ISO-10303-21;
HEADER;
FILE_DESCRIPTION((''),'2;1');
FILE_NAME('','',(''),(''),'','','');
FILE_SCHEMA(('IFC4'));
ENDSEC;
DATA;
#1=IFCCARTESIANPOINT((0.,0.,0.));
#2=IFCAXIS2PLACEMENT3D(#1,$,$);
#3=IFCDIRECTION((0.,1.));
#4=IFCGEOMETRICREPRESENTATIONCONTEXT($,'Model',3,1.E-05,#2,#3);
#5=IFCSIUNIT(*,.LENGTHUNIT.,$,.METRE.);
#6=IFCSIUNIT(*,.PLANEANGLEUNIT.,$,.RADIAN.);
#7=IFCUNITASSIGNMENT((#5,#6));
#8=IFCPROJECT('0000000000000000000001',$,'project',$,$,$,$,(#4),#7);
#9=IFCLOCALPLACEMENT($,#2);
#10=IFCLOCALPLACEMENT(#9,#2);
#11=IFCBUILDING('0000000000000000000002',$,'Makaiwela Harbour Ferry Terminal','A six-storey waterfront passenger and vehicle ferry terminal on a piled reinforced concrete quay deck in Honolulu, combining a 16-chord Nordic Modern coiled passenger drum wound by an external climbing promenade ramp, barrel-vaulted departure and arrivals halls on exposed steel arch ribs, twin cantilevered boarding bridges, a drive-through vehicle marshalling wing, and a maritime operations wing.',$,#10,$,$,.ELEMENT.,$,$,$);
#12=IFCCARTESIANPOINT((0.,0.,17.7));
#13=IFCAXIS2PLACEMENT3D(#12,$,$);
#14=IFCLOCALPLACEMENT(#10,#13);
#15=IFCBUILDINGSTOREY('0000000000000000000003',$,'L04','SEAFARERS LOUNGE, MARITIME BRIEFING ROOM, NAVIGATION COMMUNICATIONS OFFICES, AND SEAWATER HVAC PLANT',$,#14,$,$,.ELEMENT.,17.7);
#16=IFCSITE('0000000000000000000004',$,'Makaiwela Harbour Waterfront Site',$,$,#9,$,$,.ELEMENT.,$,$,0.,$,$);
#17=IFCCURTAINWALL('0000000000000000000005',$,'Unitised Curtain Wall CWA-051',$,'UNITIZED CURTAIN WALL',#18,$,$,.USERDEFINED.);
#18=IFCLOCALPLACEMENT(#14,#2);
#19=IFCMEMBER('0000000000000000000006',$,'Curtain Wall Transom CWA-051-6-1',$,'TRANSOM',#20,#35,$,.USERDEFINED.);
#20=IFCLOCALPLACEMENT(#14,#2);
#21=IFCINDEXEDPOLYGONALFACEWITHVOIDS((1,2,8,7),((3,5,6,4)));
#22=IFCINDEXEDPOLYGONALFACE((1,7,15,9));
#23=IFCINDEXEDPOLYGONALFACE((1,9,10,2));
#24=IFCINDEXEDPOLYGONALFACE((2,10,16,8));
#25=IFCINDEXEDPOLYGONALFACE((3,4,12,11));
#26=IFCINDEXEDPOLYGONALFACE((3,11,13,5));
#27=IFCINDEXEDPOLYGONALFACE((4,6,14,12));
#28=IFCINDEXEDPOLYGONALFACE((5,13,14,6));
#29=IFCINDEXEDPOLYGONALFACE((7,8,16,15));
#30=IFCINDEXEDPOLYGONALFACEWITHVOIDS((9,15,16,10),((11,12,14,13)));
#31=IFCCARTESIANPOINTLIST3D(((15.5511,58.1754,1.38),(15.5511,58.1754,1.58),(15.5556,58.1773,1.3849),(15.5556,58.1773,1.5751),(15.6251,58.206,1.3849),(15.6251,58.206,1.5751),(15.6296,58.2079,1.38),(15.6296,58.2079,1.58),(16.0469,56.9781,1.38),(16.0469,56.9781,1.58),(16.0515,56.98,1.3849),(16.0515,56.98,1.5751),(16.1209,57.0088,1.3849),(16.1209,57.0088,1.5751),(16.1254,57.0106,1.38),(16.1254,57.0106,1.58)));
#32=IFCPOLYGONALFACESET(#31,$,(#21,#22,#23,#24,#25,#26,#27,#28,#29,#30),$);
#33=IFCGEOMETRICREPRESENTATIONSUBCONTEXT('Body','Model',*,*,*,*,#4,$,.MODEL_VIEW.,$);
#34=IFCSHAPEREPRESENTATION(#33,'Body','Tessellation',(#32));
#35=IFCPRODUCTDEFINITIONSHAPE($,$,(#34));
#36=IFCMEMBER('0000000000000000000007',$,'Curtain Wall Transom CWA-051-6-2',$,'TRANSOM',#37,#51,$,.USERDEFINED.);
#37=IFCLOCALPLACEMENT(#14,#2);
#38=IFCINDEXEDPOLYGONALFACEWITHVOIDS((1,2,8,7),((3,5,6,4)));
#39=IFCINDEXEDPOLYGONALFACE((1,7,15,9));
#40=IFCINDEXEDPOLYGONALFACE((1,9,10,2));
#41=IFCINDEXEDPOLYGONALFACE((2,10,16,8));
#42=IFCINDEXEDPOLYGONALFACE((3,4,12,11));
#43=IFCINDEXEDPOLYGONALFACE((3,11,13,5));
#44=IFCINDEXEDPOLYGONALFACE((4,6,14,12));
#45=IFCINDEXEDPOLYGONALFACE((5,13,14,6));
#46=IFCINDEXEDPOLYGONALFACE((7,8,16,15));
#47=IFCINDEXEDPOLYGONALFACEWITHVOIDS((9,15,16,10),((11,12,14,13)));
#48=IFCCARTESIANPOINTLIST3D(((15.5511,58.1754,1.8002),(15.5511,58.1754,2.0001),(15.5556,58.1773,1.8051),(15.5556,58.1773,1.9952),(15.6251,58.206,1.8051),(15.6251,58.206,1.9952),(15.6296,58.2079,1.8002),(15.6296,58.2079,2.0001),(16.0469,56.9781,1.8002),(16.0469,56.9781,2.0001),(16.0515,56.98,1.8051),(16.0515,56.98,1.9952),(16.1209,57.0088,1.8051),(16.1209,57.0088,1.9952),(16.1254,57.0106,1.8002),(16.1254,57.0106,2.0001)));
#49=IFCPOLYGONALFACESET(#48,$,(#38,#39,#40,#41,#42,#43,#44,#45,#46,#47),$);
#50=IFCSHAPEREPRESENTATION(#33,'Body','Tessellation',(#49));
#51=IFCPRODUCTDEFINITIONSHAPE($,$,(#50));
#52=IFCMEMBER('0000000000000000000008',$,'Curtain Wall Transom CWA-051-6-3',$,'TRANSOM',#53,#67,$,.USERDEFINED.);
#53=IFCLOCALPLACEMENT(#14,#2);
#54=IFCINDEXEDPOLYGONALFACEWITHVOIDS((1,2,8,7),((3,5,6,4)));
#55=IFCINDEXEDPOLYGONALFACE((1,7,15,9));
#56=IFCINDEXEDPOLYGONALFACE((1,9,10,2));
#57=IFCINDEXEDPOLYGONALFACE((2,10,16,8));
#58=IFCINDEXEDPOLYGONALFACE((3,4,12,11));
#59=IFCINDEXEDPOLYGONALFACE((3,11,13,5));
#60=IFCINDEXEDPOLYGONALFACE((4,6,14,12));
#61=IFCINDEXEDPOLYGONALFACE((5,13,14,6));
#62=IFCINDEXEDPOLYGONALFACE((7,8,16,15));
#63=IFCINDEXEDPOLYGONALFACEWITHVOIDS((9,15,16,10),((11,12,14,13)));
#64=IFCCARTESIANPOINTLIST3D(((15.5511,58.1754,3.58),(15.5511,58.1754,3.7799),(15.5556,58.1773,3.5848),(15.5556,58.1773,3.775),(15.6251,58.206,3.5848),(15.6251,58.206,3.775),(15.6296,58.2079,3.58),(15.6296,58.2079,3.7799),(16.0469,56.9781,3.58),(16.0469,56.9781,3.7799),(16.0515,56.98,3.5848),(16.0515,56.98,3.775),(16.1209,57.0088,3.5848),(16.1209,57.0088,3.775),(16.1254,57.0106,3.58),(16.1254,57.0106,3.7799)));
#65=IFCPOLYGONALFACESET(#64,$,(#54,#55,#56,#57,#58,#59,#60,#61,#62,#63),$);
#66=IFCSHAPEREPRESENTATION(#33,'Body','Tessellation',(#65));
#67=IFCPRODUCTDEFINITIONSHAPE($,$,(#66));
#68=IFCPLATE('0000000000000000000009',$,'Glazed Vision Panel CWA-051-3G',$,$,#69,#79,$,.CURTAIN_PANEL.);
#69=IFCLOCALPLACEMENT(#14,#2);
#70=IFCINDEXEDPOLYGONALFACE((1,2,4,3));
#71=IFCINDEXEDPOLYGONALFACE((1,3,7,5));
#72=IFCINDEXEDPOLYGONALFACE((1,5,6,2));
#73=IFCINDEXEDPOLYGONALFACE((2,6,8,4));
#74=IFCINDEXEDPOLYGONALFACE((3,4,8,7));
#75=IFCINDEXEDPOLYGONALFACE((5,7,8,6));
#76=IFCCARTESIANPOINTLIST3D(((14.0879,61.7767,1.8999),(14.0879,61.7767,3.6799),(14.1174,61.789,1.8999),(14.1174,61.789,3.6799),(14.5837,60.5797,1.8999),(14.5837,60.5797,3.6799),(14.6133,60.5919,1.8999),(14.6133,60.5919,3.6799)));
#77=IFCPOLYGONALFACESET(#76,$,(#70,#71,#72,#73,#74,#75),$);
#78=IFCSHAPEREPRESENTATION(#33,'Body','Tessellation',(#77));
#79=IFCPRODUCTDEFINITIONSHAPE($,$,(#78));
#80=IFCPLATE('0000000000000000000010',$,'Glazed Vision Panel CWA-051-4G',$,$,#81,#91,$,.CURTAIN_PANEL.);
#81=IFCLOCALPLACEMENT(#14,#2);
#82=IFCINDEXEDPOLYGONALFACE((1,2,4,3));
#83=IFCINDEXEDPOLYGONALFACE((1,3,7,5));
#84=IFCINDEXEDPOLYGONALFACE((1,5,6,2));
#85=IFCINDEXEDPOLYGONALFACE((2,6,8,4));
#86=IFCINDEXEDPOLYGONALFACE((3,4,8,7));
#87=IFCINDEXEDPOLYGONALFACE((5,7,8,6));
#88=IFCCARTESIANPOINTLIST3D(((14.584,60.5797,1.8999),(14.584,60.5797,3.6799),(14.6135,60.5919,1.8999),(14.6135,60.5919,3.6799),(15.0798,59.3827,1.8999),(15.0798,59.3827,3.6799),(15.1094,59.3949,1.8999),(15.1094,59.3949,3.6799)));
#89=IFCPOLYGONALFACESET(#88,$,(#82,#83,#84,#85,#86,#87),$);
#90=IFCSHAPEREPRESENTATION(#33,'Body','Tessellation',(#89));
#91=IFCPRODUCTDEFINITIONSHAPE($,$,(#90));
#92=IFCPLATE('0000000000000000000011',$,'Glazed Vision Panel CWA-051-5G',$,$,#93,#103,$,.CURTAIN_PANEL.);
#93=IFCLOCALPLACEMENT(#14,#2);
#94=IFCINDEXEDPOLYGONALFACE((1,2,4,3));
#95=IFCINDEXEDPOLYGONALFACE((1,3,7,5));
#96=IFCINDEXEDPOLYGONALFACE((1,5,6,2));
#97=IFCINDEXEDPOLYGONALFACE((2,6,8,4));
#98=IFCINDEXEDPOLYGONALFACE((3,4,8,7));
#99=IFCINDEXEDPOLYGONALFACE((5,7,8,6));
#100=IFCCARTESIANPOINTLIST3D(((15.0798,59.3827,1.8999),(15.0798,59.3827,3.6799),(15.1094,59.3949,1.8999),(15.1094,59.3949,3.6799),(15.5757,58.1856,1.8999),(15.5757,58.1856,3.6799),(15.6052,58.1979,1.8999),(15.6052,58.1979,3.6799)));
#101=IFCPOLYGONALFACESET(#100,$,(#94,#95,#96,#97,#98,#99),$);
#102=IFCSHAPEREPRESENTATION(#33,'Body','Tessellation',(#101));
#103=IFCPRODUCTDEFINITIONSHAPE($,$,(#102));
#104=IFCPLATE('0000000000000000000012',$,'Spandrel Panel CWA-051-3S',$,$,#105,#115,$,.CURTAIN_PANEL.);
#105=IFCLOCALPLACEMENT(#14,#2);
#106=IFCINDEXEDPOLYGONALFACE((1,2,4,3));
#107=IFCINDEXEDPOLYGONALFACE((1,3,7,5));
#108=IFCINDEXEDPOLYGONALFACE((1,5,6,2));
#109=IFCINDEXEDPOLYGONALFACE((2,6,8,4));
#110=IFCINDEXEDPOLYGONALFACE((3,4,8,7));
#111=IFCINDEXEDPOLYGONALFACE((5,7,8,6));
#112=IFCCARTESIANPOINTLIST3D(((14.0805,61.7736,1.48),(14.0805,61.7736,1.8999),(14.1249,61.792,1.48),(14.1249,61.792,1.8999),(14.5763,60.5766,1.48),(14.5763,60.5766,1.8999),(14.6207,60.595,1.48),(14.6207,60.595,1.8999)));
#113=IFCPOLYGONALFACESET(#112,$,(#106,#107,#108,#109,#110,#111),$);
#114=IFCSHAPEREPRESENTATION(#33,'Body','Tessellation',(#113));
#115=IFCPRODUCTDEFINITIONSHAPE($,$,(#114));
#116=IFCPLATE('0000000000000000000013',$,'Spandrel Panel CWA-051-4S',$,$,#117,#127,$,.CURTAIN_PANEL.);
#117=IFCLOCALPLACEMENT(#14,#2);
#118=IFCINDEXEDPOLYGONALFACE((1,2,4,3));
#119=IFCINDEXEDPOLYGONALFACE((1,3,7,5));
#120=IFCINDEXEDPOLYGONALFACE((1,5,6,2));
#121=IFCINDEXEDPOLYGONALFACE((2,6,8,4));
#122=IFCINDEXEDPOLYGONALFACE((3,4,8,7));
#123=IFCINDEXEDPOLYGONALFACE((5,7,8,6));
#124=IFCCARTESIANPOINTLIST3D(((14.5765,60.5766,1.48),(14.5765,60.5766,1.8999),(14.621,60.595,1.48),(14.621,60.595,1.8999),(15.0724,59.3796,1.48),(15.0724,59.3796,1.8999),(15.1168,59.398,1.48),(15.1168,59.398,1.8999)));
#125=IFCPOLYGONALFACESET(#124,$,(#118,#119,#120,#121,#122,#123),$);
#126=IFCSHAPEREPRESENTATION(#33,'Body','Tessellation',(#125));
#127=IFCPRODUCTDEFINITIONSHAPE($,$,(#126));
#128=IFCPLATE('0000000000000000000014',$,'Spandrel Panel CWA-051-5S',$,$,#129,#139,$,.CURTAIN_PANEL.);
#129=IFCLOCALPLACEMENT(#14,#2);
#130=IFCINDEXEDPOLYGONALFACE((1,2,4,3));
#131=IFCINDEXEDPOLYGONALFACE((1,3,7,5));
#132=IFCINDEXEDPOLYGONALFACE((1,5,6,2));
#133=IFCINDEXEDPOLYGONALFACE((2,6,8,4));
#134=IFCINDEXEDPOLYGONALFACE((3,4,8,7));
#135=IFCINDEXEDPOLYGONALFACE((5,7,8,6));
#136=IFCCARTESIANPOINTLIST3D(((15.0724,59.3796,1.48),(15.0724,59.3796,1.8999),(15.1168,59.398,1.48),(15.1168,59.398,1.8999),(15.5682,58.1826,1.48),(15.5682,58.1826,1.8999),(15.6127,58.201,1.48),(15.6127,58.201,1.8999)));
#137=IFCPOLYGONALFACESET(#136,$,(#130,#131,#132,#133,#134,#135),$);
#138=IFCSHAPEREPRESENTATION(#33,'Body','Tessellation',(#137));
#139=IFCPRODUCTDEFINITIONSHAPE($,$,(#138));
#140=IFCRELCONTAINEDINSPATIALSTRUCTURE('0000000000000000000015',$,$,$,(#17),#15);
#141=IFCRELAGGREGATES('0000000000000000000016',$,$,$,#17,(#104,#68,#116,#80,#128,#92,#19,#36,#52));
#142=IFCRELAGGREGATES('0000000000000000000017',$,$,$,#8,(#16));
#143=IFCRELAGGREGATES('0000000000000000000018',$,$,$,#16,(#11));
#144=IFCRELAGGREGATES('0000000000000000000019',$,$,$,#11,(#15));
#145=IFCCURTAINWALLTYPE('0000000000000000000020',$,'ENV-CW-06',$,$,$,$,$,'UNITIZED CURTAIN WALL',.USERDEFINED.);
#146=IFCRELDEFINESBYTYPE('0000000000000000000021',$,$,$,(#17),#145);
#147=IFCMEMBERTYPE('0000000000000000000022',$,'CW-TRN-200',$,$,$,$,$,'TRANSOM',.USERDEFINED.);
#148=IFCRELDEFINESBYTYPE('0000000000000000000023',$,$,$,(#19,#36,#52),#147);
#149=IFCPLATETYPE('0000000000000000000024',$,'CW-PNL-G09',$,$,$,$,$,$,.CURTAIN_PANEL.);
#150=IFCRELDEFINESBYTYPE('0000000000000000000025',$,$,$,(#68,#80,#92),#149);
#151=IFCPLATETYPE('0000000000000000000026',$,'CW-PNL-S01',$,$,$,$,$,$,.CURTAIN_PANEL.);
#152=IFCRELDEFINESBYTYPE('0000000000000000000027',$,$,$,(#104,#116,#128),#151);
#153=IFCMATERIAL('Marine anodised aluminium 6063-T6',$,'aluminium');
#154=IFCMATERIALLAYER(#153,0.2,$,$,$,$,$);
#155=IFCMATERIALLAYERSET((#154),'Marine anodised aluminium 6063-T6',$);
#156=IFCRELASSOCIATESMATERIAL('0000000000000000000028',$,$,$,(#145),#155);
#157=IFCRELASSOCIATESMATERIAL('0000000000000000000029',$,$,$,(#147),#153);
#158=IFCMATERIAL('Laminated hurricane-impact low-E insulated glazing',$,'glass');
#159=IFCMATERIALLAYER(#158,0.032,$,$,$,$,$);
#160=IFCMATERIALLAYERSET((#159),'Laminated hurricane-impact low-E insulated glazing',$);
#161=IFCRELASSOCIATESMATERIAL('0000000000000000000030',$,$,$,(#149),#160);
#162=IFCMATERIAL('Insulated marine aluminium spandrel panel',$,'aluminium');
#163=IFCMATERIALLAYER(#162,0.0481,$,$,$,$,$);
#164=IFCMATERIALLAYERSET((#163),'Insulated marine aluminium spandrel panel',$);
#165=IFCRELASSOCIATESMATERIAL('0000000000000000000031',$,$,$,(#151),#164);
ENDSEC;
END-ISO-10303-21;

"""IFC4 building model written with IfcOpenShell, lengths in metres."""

from ifc_helpers import new_model, si_unit, direction, frame, origin, origin_2d, place, context, subcontext, project, spatial, rectangle, hollow_rectangle, extrude, material, layer, layer_set, material_profile, profile_set, type_object, element, aggregate, save


model = new_model("IFC4")

# Units and contexts
model_context = context("Model", 3, precision=1e-05, world=origin(), true_north=direction((0.0, 1.0)))
body_context = subcontext(model_context, "Body", "Model", "MODEL_VIEW")
ifc_project = project(units=[si_unit("LENGTHUNIT", "METRE"), si_unit("PLANEANGLEUNIT", "RADIAN")], contexts=[model_context])

# Site, building, storey
site_placement = place(None, origin())
site = spatial("IfcSite", under=ifc_project, at=site_placement, Name="Makaiwela Harbour Waterfront Site", CompositionType="ELEMENT", RefElevation=0.0)
building_placement = place(site_placement, origin())
building = spatial("IfcBuilding", under=site, at=building_placement, Name="Makaiwela Harbour Ferry Terminal", Description="A six-storey waterfront passenger and vehicle ferry terminal on a piled reinforced concrete quay deck in Honolulu, combining a 16-chord Nordic Modern coiled passenger drum wound by an external climbing promenade ramp, barrel-vaulted departure and arrivals halls on exposed steel arch ribs, twin cantilevered boarding bridges, a drive-through vehicle marshalling wing, and a maritime operations wing.", CompositionType="ELEMENT")
storey_placement = place(building_placement, frame((0.0, 0.0, 17.7)))
storey = spatial("IfcBuildingStorey", under=building, at=storey_placement, Name="L04", Description="SEAFARERS LOUNGE, MARITIME BRIEFING ROOM, NAVIGATION COMMUNICATIONS OFFICES, AND SEAWATER HVAC PLANT", CompositionType="ELEMENT", Elevation=17.7)

# Curtain wall, members, plates
ifc_material_1 = material(Name="Marine anodised aluminium 6063-T6", Category="aluminium")
ifc_layer_1 = layer(ifc_material_1, 0.2)
ifc_layer_set_1 = layer_set([ifc_layer_1], Name="Marine anodised aluminium 6063-T6")
curtain_wall_type = type_object("IfcCurtainWallType", Name="ENV-CW-06", ElementType="UNITIZED CURTAIN WALL", PredefinedType="USERDEFINED", material=ifc_layer_set_1)
curtain_wall_placement = place(storey_placement, origin())
curtain_wall = element("IfcCurtainWall", 1, at=curtain_wall_placement, inside=storey, type_object=curtain_wall_type, Name="Unitised Curtain Wall CWA-051", ObjectType="UNITIZED CURTAIN WALL", PredefinedType="USERDEFINED")
ifc_material_profile_1 = material_profile(ifc_material_1, hollow_rectangle(XDim=0.085, YDim=0.2, WallThickness=0.0049, at=origin_2d()), Name="CWT-200X85")
ifc_profile_set_1 = profile_set([ifc_material_profile_1], Name="Marine anodised aluminium 6063-T6")
member_type_1 = type_object("IfcMemberType", Name="CW-TRN-200", ElementType="TRANSOM", PredefinedType="USERDEFINED", material=ifc_profile_set_1)
member_1_placement = place(storey_placement, frame((15.5903, 58.1917, 1.48), z_axis=(0.382635, -0.9239, 0.0), x_axis=(0.9239, 0.382635, 0.0)))
member_1 = element("IfcMember", 2, at=member_1_placement, type_object=member_type_1, Name="Curtain Wall Transom CWA-051-6-1", ObjectType="TRANSOM", PredefinedType="USERDEFINED", context=body_context, shape_type="SweptSolid", body=[
    extrude(hollow_rectangle(XDim=0.085, YDim=0.2, WallThickness=0.0049, at=origin_2d()), origin(), (0.0, 0.0, 1.0), 1.2959),
])
member_2_placement = place(storey_placement, frame((15.5903, 58.1917, 1.9001), z_axis=(0.382635, -0.9239, 0.0), x_axis=(0.9239, 0.382635, 0.0)))
member_2 = element("IfcMember", 3, at=member_2_placement, type_object=member_type_1, Name="Curtain Wall Transom CWA-051-6-2", ObjectType="TRANSOM", PredefinedType="USERDEFINED", context=body_context, shape_type="SweptSolid", body=[
    extrude(hollow_rectangle(XDim=0.085, YDim=0.2, WallThickness=0.0049, at=origin_2d()), origin(), (0.0, 0.0, 1.0), 1.2959),
])
member_3_placement = place(storey_placement, frame((15.5903, 58.1917, 3.6799), z_axis=(0.382635, -0.9239, 0.0), x_axis=(0.9239, 0.382635, 0.0)))
member_3 = element("IfcMember", 4, at=member_3_placement, type_object=member_type_1, Name="Curtain Wall Transom CWA-051-6-3", ObjectType="TRANSOM", PredefinedType="USERDEFINED", context=body_context, shape_type="SweptSolid", body=[
    extrude(hollow_rectangle(XDim=0.085, YDim=0.2, WallThickness=0.0049, at=origin_2d()), origin(), (0.0, 0.0, 1.0), 1.2959),
])
ifc_material_2 = material(Name="Laminated hurricane-impact low-E insulated glazing", Category="glass")
ifc_layer_2 = layer(ifc_material_2, 0.032)
ifc_layer_set_2 = layer_set([ifc_layer_2], Name="Laminated hurricane-impact low-E insulated glazing")
plate_type_1 = type_object("IfcPlateType", Name="CW-PNL-G09", PredefinedType="CURTAIN_PANEL", material=ifc_layer_set_2)
plate_1_placement = place(storey_placement, frame((14.3506, 61.1843, 1.8999), z_axis=(0.0, 0.0, 1.0), x_axis=(0.382683, -0.92388, 0.0)))
plate_1 = element("IfcPlate", 5, at=plate_1_placement, type_object=plate_type_1, Name="Glazed Vision Panel CWA-051-3G", PredefinedType="CURTAIN_PANEL", context=body_context, shape_type="SweptSolid", body=[
    extrude(rectangle(XDim=1.2957, YDim=0.032, at=origin_2d()), origin(), (0.0, 0.0, 1.0), 1.78),
])
plate_2_placement = place(storey_placement, frame((14.8467, 59.9873, 1.8999), z_axis=(0.0, 0.0, 1.0), x_axis=(0.382683, -0.92388, 0.0)))
plate_2 = element("IfcPlate", 6, at=plate_2_placement, type_object=plate_type_1, Name="Glazed Vision Panel CWA-051-4G", PredefinedType="CURTAIN_PANEL", context=body_context, shape_type="SweptSolid", body=[
    extrude(rectangle(XDim=1.2957, YDim=0.032, at=origin_2d()), origin(), (0.0, 0.0, 1.0), 1.78),
])
plate_3_placement = place(storey_placement, frame((15.3425, 58.7903, 1.8999), z_axis=(0.0, 0.0, 1.0), x_axis=(0.382683, -0.92388, 0.0)))
plate_3 = element("IfcPlate", 7, at=plate_3_placement, type_object=plate_type_1, Name="Glazed Vision Panel CWA-051-5G", PredefinedType="CURTAIN_PANEL", context=body_context, shape_type="SweptSolid", body=[
    extrude(rectangle(XDim=1.2957, YDim=0.032, at=origin_2d()), origin(), (0.0, 0.0, 1.0), 1.78),
])
ifc_material_3 = material(Name="Insulated marine aluminium spandrel panel", Category="aluminium")
ifc_layer_3 = layer(ifc_material_3, 0.0481)
ifc_layer_set_3 = layer_set([ifc_layer_3], Name="Insulated marine aluminium spandrel panel")
plate_type_2 = type_object("IfcPlateType", Name="CW-PNL-S01", PredefinedType="CURTAIN_PANEL", material=ifc_layer_set_3)
plate_4_placement = place(storey_placement, frame((14.3506, 61.1843, 1.48), z_axis=(0.0, 0.0, 1.0), x_axis=(0.382683, -0.92388, 0.0)))
plate_4 = element("IfcPlate", 8, at=plate_4_placement, type_object=plate_type_2, Name="Spandrel Panel CWA-051-3S", PredefinedType="CURTAIN_PANEL", context=body_context, shape_type="SweptSolid", body=[
    extrude(rectangle(XDim=1.2957, YDim=0.0481, at=origin_2d()), origin(), (0.0, 0.0, 1.0), 0.4199),
])
plate_5_placement = place(storey_placement, frame((14.8467, 59.9873, 1.48), z_axis=(0.0, 0.0, 1.0), x_axis=(0.382683, -0.92388, 0.0)))
plate_5 = element("IfcPlate", 9, at=plate_5_placement, type_object=plate_type_2, Name="Spandrel Panel CWA-051-4S", PredefinedType="CURTAIN_PANEL", context=body_context, shape_type="SweptSolid", body=[
    extrude(rectangle(XDim=1.2957, YDim=0.0481, at=origin_2d()), origin(), (0.0, 0.0, 1.0), 0.4199),
])
plate_6_placement = place(storey_placement, frame((15.3425, 58.7903, 1.48), z_axis=(0.0, 0.0, 1.0), x_axis=(0.382683, -0.92388, 0.0)))
plate_6 = element("IfcPlate", 10, at=plate_6_placement, type_object=plate_type_2, Name="Spandrel Panel CWA-051-5S", PredefinedType="CURTAIN_PANEL", context=body_context, shape_type="SweptSolid", body=[
    extrude(rectangle(XDim=1.2957, YDim=0.0481, at=origin_2d()), origin(), (0.0, 0.0, 1.0), 0.4199),
])
aggregate(curtain_wall, [plate_4, plate_1, plate_5, plate_2, plate_6, plate_3, member_1, member_2, member_3])

save(model, "model.ifc")
